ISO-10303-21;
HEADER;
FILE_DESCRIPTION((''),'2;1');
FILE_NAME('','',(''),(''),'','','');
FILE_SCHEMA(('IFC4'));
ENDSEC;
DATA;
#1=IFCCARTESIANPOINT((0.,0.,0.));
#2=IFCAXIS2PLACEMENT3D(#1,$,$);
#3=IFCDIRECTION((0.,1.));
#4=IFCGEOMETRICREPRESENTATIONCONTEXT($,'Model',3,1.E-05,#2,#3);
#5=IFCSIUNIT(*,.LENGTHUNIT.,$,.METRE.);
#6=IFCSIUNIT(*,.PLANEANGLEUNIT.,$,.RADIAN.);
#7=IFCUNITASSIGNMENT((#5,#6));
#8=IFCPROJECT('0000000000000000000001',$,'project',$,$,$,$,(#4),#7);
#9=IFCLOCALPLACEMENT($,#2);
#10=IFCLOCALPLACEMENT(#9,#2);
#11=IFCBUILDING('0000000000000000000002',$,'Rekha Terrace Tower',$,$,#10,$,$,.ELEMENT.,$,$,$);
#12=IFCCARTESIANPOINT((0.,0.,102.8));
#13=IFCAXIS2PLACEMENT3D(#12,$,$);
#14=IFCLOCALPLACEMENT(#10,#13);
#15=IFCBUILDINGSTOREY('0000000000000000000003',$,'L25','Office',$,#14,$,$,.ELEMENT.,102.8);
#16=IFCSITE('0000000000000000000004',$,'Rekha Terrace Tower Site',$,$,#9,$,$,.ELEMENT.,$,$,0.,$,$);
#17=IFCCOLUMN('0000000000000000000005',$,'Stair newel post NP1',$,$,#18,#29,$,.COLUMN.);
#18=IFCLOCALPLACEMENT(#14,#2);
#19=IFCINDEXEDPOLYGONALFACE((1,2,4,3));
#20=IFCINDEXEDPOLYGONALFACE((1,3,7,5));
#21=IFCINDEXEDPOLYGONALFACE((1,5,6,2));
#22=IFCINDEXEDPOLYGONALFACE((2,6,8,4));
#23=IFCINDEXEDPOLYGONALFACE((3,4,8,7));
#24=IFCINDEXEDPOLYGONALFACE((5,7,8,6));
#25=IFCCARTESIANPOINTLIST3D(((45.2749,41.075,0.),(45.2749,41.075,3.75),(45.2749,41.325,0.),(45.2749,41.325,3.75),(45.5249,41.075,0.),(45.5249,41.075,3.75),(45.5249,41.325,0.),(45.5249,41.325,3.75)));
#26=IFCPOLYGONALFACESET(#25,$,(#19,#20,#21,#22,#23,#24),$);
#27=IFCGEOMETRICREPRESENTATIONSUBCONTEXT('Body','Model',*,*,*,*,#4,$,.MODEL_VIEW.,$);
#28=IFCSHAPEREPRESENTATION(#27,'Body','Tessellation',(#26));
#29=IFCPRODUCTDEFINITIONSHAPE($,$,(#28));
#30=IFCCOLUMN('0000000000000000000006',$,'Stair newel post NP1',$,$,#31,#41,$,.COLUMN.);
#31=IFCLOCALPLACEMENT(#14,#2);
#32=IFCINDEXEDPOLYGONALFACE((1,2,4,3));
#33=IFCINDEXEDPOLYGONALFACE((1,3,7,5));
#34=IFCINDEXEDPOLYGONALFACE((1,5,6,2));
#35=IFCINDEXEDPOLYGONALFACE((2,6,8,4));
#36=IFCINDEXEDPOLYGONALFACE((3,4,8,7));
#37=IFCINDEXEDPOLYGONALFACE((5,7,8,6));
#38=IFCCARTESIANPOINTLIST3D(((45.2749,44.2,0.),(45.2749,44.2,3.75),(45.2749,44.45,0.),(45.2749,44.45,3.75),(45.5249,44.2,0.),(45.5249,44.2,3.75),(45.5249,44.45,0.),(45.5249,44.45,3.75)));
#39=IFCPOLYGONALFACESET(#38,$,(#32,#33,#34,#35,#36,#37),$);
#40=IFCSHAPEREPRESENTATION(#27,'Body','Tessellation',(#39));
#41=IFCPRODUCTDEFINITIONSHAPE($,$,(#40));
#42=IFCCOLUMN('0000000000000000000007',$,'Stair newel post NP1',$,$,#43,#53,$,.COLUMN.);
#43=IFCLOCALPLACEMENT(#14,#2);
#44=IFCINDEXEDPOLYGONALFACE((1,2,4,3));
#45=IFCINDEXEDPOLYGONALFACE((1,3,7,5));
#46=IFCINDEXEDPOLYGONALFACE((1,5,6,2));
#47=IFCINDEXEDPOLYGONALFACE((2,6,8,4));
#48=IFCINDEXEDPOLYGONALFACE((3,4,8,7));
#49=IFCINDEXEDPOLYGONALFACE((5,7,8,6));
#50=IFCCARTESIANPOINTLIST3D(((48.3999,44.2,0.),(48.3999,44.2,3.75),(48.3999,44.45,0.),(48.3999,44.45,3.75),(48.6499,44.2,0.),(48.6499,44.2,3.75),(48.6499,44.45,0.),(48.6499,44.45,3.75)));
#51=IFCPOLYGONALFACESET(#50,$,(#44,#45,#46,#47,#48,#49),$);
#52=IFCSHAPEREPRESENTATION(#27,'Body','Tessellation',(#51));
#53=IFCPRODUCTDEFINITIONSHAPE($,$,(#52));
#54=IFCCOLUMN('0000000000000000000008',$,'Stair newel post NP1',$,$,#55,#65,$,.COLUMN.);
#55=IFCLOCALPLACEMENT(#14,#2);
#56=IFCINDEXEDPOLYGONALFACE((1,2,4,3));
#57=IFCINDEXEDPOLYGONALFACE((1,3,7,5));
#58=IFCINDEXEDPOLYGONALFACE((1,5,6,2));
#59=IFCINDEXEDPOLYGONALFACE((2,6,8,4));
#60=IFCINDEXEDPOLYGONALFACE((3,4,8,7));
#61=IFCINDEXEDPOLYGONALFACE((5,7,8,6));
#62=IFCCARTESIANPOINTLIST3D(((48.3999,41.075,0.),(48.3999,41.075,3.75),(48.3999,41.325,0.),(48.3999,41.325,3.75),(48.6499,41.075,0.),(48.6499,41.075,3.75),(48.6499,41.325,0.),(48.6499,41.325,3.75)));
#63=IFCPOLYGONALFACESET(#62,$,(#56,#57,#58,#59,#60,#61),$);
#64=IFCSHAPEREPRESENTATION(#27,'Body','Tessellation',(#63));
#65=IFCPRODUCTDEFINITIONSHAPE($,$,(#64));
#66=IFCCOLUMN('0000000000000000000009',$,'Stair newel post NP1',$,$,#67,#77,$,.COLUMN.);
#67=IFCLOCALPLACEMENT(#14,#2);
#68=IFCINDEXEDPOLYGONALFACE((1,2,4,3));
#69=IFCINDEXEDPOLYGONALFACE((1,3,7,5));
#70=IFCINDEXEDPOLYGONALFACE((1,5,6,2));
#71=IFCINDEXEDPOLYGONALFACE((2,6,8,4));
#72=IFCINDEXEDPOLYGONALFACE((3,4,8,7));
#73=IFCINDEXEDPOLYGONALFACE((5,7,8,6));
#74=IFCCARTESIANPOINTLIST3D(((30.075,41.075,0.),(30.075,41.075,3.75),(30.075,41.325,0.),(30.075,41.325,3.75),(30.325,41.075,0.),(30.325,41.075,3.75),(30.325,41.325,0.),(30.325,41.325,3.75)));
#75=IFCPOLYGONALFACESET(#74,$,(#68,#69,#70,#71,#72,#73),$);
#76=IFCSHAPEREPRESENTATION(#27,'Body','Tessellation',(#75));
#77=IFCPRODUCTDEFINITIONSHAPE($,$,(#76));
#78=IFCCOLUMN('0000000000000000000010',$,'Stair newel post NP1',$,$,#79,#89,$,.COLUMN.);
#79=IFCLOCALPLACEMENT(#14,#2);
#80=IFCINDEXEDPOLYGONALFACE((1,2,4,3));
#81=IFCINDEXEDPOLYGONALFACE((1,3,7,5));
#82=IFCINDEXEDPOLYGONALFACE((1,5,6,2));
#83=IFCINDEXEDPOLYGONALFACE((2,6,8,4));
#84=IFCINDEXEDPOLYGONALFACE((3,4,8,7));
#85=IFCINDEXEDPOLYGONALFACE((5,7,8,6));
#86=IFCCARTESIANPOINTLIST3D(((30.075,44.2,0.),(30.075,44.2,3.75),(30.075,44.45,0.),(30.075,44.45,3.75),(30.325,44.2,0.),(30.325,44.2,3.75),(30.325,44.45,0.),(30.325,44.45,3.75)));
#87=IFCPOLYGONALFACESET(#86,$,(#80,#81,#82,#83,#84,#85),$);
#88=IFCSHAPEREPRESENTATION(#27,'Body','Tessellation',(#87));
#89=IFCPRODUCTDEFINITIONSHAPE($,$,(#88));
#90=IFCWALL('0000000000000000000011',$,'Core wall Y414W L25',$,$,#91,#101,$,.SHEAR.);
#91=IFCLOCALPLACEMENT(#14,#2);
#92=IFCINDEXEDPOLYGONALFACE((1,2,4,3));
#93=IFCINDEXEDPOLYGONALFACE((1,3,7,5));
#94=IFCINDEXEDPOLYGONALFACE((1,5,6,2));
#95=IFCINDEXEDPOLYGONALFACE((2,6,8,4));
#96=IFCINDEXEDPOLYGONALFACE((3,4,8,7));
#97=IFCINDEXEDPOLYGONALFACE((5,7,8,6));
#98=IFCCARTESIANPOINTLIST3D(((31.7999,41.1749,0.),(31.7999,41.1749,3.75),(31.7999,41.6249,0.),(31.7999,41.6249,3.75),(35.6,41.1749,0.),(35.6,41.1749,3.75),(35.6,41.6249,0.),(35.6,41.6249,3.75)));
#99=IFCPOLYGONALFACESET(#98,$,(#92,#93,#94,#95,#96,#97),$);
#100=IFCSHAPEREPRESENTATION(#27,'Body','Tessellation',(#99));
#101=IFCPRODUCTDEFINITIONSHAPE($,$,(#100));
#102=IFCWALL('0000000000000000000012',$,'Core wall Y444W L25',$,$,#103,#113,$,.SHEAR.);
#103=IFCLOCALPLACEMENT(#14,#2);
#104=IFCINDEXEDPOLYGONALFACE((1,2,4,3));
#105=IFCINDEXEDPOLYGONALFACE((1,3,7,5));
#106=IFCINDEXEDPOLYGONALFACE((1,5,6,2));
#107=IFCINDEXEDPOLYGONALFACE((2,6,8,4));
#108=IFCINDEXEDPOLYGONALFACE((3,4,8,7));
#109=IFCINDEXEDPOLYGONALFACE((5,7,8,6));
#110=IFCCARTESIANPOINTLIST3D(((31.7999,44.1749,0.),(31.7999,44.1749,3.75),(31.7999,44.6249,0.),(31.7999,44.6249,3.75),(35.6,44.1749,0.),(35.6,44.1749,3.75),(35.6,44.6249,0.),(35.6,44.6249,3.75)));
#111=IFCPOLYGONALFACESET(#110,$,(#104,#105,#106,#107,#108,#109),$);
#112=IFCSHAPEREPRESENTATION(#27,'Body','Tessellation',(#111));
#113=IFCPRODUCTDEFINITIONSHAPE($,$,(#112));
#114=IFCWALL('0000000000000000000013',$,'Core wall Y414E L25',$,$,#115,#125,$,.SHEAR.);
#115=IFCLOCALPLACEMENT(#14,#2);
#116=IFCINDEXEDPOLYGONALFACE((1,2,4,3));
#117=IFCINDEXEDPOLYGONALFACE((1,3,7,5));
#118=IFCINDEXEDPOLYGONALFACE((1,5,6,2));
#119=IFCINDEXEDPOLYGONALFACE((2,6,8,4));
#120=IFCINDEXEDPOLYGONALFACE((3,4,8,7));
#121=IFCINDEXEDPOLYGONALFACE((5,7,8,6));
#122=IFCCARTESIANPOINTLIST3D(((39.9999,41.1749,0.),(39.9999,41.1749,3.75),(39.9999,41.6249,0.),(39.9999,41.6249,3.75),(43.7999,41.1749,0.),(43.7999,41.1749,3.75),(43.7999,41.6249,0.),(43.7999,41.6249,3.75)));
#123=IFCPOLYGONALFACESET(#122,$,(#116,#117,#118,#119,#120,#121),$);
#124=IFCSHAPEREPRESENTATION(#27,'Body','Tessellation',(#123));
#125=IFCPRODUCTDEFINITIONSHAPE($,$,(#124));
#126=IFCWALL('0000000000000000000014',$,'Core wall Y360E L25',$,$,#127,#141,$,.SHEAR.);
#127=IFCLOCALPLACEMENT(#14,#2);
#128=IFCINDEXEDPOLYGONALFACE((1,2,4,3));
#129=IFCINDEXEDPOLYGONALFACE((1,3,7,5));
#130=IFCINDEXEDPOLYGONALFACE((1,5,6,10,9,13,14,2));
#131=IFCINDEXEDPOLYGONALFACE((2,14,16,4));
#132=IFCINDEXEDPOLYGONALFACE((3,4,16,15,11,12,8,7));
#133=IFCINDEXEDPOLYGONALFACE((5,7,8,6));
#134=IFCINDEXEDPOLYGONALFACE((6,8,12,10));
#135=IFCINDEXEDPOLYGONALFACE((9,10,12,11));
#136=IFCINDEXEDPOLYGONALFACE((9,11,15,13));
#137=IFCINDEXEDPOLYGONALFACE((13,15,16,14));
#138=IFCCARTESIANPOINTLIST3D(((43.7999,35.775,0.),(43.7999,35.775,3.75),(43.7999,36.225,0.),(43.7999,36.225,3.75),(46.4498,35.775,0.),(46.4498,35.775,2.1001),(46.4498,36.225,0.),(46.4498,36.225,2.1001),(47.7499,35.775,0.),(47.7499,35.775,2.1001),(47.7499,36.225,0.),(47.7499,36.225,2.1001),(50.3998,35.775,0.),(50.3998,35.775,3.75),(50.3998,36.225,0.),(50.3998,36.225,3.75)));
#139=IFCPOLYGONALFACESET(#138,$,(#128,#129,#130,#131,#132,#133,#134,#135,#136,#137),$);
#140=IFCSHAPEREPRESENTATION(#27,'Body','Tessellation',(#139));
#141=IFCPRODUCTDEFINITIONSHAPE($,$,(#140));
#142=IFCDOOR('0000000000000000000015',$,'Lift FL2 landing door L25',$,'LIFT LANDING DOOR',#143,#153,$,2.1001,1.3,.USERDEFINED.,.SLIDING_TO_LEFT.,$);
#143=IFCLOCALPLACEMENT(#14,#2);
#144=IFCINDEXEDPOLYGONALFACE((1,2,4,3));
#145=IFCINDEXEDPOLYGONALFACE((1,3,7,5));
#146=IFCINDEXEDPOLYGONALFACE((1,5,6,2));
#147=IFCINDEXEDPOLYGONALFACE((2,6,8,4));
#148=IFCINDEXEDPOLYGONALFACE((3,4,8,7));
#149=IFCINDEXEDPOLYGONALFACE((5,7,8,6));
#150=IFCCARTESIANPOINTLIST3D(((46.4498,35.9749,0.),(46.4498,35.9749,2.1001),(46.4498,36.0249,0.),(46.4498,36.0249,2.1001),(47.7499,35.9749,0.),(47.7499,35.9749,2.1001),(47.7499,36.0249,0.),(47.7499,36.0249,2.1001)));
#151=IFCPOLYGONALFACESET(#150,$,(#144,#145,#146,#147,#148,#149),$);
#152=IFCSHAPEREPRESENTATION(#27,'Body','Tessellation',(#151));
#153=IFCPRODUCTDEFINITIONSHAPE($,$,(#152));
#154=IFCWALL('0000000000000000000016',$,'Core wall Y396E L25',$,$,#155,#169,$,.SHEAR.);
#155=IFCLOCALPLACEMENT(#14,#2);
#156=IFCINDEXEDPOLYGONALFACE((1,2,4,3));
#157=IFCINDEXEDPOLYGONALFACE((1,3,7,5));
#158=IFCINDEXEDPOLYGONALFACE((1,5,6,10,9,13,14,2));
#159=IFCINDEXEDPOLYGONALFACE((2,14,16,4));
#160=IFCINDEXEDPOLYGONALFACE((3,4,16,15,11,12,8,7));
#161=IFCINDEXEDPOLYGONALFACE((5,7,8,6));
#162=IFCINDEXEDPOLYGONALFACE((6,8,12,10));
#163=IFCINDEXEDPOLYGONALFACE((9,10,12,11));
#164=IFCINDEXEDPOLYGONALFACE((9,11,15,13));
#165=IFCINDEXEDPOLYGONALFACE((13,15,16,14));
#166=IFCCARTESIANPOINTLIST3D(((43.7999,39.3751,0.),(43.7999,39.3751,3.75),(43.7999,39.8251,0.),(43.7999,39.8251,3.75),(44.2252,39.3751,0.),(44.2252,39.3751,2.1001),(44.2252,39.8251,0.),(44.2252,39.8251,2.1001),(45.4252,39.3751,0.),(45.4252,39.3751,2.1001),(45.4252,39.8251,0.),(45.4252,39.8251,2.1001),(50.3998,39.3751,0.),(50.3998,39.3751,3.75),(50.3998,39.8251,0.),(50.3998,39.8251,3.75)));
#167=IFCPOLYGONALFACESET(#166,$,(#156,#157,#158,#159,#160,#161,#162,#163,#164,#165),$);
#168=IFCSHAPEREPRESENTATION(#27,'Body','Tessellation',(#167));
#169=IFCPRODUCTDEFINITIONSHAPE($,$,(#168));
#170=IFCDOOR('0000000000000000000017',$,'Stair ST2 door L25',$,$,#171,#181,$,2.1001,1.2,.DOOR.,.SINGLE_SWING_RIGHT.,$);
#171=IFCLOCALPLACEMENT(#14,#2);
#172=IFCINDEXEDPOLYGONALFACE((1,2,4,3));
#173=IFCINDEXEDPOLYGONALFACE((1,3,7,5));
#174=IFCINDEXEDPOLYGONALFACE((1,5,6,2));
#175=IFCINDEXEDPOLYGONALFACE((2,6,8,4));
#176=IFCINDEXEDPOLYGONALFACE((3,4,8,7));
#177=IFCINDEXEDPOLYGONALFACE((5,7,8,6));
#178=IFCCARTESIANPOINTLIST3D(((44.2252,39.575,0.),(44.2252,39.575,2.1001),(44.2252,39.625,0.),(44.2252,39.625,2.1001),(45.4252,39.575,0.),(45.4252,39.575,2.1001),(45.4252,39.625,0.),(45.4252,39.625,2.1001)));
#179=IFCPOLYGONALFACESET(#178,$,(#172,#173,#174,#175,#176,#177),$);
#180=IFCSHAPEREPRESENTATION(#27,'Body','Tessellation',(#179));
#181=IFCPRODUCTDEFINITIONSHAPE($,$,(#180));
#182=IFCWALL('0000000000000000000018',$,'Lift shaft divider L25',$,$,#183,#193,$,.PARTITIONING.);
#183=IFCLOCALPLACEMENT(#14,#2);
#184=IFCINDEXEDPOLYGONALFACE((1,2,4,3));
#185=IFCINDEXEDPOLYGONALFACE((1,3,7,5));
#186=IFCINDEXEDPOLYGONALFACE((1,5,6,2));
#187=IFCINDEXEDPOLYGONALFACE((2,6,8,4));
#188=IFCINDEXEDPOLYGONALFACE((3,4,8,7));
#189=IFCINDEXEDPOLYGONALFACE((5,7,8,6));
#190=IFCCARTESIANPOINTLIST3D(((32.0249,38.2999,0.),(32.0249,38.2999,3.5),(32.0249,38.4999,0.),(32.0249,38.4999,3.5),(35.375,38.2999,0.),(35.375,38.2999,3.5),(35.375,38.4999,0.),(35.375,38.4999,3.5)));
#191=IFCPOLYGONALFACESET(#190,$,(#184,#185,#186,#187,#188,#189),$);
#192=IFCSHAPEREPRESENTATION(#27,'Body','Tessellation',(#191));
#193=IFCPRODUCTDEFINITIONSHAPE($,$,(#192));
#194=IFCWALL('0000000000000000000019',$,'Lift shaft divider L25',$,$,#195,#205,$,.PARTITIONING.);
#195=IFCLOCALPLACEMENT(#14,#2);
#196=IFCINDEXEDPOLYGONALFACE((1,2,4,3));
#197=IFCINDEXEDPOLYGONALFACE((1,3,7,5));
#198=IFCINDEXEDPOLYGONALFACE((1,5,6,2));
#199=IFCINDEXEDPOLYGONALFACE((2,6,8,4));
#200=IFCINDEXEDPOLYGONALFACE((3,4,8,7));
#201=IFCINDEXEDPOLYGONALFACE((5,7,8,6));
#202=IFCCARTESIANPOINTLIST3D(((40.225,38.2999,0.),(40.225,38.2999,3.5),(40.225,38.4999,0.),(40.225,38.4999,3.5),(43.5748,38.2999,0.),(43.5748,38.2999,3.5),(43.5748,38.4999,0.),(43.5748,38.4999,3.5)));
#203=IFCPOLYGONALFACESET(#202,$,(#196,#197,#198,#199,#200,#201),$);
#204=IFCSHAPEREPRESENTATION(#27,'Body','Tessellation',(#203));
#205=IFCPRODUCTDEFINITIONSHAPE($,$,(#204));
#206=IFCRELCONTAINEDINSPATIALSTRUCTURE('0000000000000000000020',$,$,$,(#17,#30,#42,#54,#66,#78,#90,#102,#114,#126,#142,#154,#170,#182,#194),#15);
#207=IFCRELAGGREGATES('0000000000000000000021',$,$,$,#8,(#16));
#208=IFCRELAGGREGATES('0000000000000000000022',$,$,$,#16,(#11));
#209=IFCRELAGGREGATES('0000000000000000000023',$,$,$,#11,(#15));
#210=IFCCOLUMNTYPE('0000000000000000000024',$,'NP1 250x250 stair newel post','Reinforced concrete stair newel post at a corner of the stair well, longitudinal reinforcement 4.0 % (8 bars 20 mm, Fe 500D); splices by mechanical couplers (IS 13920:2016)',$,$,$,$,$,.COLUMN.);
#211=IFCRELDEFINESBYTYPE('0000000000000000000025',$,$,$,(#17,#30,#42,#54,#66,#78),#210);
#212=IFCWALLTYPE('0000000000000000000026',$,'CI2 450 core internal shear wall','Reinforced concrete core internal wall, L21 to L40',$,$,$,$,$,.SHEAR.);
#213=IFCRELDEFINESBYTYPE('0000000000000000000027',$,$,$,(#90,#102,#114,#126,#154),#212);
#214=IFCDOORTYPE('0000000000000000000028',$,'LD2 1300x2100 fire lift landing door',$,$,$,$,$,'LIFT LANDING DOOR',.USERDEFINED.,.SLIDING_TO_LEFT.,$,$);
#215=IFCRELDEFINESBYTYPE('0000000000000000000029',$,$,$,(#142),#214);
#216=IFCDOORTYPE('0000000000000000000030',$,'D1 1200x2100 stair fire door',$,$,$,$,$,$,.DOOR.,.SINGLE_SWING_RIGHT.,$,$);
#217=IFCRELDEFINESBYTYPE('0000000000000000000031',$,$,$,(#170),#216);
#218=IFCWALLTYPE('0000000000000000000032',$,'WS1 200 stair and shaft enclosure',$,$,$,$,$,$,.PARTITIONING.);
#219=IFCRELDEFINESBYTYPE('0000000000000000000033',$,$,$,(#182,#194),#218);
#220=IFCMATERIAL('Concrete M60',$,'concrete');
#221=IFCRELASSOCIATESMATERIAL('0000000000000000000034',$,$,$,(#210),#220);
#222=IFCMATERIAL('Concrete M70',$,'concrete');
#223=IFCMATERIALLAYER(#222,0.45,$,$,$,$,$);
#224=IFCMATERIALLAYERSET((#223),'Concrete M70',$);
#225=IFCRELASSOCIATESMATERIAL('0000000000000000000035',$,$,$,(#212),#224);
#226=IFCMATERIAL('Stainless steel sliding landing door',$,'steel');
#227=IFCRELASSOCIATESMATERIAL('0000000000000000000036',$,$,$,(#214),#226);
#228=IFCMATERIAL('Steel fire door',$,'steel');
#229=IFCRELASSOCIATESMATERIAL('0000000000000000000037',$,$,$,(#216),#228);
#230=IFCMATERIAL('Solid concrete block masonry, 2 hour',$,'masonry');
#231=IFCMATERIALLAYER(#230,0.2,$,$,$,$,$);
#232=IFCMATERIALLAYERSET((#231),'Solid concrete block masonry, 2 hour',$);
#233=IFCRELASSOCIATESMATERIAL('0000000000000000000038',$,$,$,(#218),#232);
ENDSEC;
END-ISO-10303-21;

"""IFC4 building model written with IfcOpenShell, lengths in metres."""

from ifc_helpers import new_model, si_unit, direction, frame, frame_2d, origin, origin_2d, place, context, subcontext, project, spatial, rectangle, extrude, material, layer, layer_set, material_profile, profile_set, type_object, element, fill, save


model = new_model("IFC4")

# Units and contexts
model_context = context("Model", 3, precision=1e-05, world=origin(), true_north=direction((0.0, 1.0)))
body_context = subcontext(model_context, "Body", "Model", "MODEL_VIEW")
ifc_project = project(units=[si_unit("LENGTHUNIT", "METRE"), si_unit("PLANEANGLEUNIT", "RADIAN")], contexts=[model_context])

# Site, building, storey
site_placement = place(None, origin())
site = spatial("IfcSite", under=ifc_project, at=site_placement, Name="Rekha Terrace Tower Site", CompositionType="ELEMENT", RefElevation=0.0)
building_placement = place(site_placement, origin())
building = spatial("IfcBuilding", under=site, at=building_placement, Name="Rekha Terrace Tower", CompositionType="ELEMENT")
storey_placement = place(building_placement, frame((0.0, 0.0, 102.8)))
storey = spatial("IfcBuildingStorey", under=building, at=storey_placement, Name="L25", Description="Office", CompositionType="ELEMENT", Elevation=102.8)

# Columns
ifc_material_1 = material(Name="Concrete M60", Category="concrete")
ifc_material_profile = material_profile(ifc_material_1, rectangle(XDim=0.25, YDim=0.25, at=origin_2d()), Name="RC 250x250")
ifc_profile_set = profile_set([ifc_material_profile], Name="Concrete M60")
column_type = type_object("IfcColumnType", Name="NP1 250x250 stair newel post", Description="Reinforced concrete stair newel post at a corner of the stair well, longitudinal reinforcement 4.0 % (8 bars 20 mm, Fe 500D); splices by mechanical couplers (IS 13920:2016)", PredefinedType="COLUMN", material=ifc_profile_set)
for number, where, z_axis, x_axis, name in (
    (1, (45.3999, 41.2, 0.0), (0.0, 0.0, 1.0), (1.0, 0.0, 0.0), "Stair newel post NP1"),
    (2, (45.3999, 44.325, 0.0), (0.0, 0.0, 1.0), (1.0, 0.0, 0.0), "Stair newel post NP1"),
    (3, (48.5249, 44.325, 0.0), (0.0, 0.0, 1.0), (1.0, 0.0, 0.0), "Stair newel post NP1"),
    (4, (48.5249, 41.2, 0.0), (0.0, 0.0, 1.0), (1.0, 0.0, 0.0), "Stair newel post NP1"),
    (5, (30.2, 41.2, 0.0), (0.0, 0.0, 1.0), (1.0, 0.0, 0.0), "Stair newel post NP1"),
    (6, (30.2, 44.325, 0.0), (0.0, 0.0, 1.0), (1.0, 0.0, 0.0), "Stair newel post NP1"),
):
    element("IfcColumn", number, at=place(storey_placement, frame(where, z_axis=z_axis, x_axis=x_axis)), inside=storey, type_object=column_type, Name=name, PredefinedType="COLUMN", context=body_context, shape_type="SweptSolid", body=[
        extrude(rectangle(XDim=0.25, YDim=0.25, at=origin_2d()), origin(), (0.0, 0.0, 1.0), 3.75),
    ])

# Walls
ifc_material_2 = material(Name="Concrete M70", Category="concrete")
ifc_layer_1 = layer(ifc_material_2, 0.45)
ifc_layer_set_1 = layer_set([ifc_layer_1], Name="Concrete M70")
wall_type_1 = type_object("IfcWallType", Name="CI2 450 core internal shear wall", Description="Reinforced concrete core internal wall, L21 to L40", PredefinedType="SHEAR", material=ifc_layer_set_1)
for number, where, z_axis, x_axis, name in (
    (7, (31.8, 41.3999, 0.0), (0.0, 0.0, 1.0), (1.0, 0.0, 0.0), "Core wall Y414W L25"),
    (8, (31.8, 44.3999, 0.0), (0.0, 0.0, 1.0), (1.0, 0.0, 0.0), "Core wall Y444W L25"),
    (9, (40.0, 41.3999, 0.0), (0.0, 0.0, 1.0), (1.0, 0.0, 0.0), "Core wall Y414E L25"),
):
    element("IfcWall", number, at=place(storey_placement, frame(where, z_axis=z_axis, x_axis=x_axis)), inside=storey, type_object=wall_type_1, Name=name, PredefinedType="SHEAR", context=body_context, shape_type="SweptSolid", body=[
        extrude(rectangle(XDim=3.8, YDim=0.45, at=frame_2d((1.8999, 0.0))), origin(), (0.0, 0.0, 1.0), 3.75),
    ])

# Walls, openings, doors
wall_1_placement = place(storey_placement, frame((43.8, 36.0, 0.0), z_axis=(0.0, 0.0, 1.0), x_axis=(1.0, 0.0, 0.0)))
wall_1 = element("IfcWall", 10, at=wall_1_placement, inside=storey, type_object=wall_type_1, Name="Core wall Y360E L25", PredefinedType="SHEAR", context=body_context, shape_type="SweptSolid", body=[
    extrude(rectangle(XDim=6.5999, YDim=0.45, at=frame_2d((3.2998, 0.0))), origin(), (0.0, 0.0, 1.0), 3.75),
])
opening_1_placement = place(wall_1_placement, frame((2.6499, 0.0, 0.0)))
opening_1 = element("IfcOpeningElement", 11, at=opening_1_placement, cuts=wall_1, PredefinedType="OPENING", context=body_context, shape_type="SweptSolid", body=[
    extrude(rectangle(XDim=1.3, YDim=2.1001, at=frame_2d((0.6499, 1.05))), frame((0.0, 0.2349, 0.0), z_axis=(0.0, -1.0, 0.0), x_axis=(1.0, 0.0, 0.0)), (0.0, 0.0, 1.0), 0.47),
])
ifc_material_3 = material(Name="Stainless steel sliding landing door", Category="steel")
door_type_1 = type_object("IfcDoorType", Name="LD2 1300x2100 fire lift landing door", ElementType="LIFT LANDING DOOR", OperationType="SLIDING_TO_LEFT", PredefinedType="USERDEFINED", material=ifc_material_3)
door_1_placement = place(opening_1_placement, origin())
door_1 = element("IfcDoor", 12, at=door_1_placement, inside=storey, type_object=door_type_1, Name="Lift FL2 landing door L25", ObjectType="LIFT LANDING DOOR", OperationType="SLIDING_TO_LEFT", OverallHeight=2.1001, OverallWidth=1.3, PredefinedType="USERDEFINED", context=body_context, shape_type="SweptSolid", body=[
    extrude(rectangle(XDim=1.3, YDim=2.1001, at=frame_2d((0.6499, 1.05))), frame((0.0, 0.0249, 0.0), z_axis=(0.0, -1.0, 0.0), x_axis=(1.0, 0.0, 0.0)), (0.0, 0.0, 1.0), 0.05),
])
fill(opening_1, door_1)
wall_2_placement = place(storey_placement, frame((43.8, 39.6001, 0.0), z_axis=(0.0, 0.0, 1.0), x_axis=(1.0, 0.0, 0.0)))
wall_2 = element("IfcWall", 13, at=wall_2_placement, inside=storey, type_object=wall_type_1, Name="Core wall Y396E L25", PredefinedType="SHEAR", context=body_context, shape_type="SweptSolid", body=[
    extrude(rectangle(XDim=6.5999, YDim=0.45, at=frame_2d((3.2998, 0.0))), origin(), (0.0, 0.0, 1.0), 3.75),
])
opening_2_placement = place(wall_2_placement, frame((0.425, 0.0, 0.0)))
opening_2 = element("IfcOpeningElement", 14, at=opening_2_placement, cuts=wall_2, PredefinedType="OPENING", context=body_context, shape_type="SweptSolid", body=[
    extrude(rectangle(XDim=1.2, YDim=2.1001, at=frame_2d((0.6001, 1.05))), frame((0.0, 0.2349, 0.0), z_axis=(0.0, -1.0, 0.0), x_axis=(1.0, 0.0, 0.0)), (0.0, 0.0, 1.0), 0.47),
])
ifc_material_4 = material(Name="Steel fire door", Category="steel")
door_type_2 = type_object("IfcDoorType", Name="D1 1200x2100 stair fire door", OperationType="SINGLE_SWING_RIGHT", PredefinedType="DOOR", material=ifc_material_4)
door_2_placement = place(opening_2_placement, origin())
door_2 = element("IfcDoor", 15, at=door_2_placement, inside=storey, type_object=door_type_2, Name="Stair ST2 door L25", OperationType="SINGLE_SWING_RIGHT", OverallHeight=2.1001, OverallWidth=1.2, PredefinedType="DOOR", context=body_context, shape_type="SweptSolid", body=[
    extrude(rectangle(XDim=1.2, YDim=2.1001, at=frame_2d((0.6001, 1.05))), frame((0.0, 0.0249, 0.0), z_axis=(0.0, -1.0, 0.0), x_axis=(1.0, 0.0, 0.0)), (0.0, 0.0, 1.0), 0.05),
])
fill(opening_2, door_2)

# Walls
ifc_material_5 = material(Name="Solid concrete block masonry, 2 hour", Category="masonry")
ifc_layer_2 = layer(ifc_material_5, 0.2)
ifc_layer_set_2 = layer_set([ifc_layer_2], Name="Solid concrete block masonry, 2 hour")
wall_type_2 = type_object("IfcWallType", Name="WS1 200 stair and shaft enclosure", PredefinedType="PARTITIONING", material=ifc_layer_set_2)
wall_3_placement = place(storey_placement, frame((32.0249, 38.3999, 0.0), z_axis=(0.0, 0.0, 1.0), x_axis=(1.0, 0.0, 0.0)))
element("IfcWall", 16, at=wall_3_placement, inside=storey, type_object=wall_type_2, Name="Lift shaft divider L25", PredefinedType="PARTITIONING", context=body_context, shape_type="SweptSolid", body=[
    extrude(rectangle(XDim=3.3501, YDim=0.2, at=frame_2d((1.675, 0.0))), origin(), (0.0, 0.0, 1.0), 3.5),
])
wall_4_placement = place(storey_placement, frame((40.2251, 38.3999, 0.0), z_axis=(0.0, 0.0, 1.0), x_axis=(1.0, 0.0, 0.0)))
element("IfcWall", 17, at=wall_4_placement, inside=storey, type_object=wall_type_2, Name="Lift shaft divider L25", PredefinedType="PARTITIONING", context=body_context, shape_type="SweptSolid", body=[
    extrude(rectangle(XDim=3.3499, YDim=0.2, at=frame_2d((1.6748, 0.0))), origin(), (0.0, 0.0, 1.0), 3.5),
])

save(model, "model.ifc")
